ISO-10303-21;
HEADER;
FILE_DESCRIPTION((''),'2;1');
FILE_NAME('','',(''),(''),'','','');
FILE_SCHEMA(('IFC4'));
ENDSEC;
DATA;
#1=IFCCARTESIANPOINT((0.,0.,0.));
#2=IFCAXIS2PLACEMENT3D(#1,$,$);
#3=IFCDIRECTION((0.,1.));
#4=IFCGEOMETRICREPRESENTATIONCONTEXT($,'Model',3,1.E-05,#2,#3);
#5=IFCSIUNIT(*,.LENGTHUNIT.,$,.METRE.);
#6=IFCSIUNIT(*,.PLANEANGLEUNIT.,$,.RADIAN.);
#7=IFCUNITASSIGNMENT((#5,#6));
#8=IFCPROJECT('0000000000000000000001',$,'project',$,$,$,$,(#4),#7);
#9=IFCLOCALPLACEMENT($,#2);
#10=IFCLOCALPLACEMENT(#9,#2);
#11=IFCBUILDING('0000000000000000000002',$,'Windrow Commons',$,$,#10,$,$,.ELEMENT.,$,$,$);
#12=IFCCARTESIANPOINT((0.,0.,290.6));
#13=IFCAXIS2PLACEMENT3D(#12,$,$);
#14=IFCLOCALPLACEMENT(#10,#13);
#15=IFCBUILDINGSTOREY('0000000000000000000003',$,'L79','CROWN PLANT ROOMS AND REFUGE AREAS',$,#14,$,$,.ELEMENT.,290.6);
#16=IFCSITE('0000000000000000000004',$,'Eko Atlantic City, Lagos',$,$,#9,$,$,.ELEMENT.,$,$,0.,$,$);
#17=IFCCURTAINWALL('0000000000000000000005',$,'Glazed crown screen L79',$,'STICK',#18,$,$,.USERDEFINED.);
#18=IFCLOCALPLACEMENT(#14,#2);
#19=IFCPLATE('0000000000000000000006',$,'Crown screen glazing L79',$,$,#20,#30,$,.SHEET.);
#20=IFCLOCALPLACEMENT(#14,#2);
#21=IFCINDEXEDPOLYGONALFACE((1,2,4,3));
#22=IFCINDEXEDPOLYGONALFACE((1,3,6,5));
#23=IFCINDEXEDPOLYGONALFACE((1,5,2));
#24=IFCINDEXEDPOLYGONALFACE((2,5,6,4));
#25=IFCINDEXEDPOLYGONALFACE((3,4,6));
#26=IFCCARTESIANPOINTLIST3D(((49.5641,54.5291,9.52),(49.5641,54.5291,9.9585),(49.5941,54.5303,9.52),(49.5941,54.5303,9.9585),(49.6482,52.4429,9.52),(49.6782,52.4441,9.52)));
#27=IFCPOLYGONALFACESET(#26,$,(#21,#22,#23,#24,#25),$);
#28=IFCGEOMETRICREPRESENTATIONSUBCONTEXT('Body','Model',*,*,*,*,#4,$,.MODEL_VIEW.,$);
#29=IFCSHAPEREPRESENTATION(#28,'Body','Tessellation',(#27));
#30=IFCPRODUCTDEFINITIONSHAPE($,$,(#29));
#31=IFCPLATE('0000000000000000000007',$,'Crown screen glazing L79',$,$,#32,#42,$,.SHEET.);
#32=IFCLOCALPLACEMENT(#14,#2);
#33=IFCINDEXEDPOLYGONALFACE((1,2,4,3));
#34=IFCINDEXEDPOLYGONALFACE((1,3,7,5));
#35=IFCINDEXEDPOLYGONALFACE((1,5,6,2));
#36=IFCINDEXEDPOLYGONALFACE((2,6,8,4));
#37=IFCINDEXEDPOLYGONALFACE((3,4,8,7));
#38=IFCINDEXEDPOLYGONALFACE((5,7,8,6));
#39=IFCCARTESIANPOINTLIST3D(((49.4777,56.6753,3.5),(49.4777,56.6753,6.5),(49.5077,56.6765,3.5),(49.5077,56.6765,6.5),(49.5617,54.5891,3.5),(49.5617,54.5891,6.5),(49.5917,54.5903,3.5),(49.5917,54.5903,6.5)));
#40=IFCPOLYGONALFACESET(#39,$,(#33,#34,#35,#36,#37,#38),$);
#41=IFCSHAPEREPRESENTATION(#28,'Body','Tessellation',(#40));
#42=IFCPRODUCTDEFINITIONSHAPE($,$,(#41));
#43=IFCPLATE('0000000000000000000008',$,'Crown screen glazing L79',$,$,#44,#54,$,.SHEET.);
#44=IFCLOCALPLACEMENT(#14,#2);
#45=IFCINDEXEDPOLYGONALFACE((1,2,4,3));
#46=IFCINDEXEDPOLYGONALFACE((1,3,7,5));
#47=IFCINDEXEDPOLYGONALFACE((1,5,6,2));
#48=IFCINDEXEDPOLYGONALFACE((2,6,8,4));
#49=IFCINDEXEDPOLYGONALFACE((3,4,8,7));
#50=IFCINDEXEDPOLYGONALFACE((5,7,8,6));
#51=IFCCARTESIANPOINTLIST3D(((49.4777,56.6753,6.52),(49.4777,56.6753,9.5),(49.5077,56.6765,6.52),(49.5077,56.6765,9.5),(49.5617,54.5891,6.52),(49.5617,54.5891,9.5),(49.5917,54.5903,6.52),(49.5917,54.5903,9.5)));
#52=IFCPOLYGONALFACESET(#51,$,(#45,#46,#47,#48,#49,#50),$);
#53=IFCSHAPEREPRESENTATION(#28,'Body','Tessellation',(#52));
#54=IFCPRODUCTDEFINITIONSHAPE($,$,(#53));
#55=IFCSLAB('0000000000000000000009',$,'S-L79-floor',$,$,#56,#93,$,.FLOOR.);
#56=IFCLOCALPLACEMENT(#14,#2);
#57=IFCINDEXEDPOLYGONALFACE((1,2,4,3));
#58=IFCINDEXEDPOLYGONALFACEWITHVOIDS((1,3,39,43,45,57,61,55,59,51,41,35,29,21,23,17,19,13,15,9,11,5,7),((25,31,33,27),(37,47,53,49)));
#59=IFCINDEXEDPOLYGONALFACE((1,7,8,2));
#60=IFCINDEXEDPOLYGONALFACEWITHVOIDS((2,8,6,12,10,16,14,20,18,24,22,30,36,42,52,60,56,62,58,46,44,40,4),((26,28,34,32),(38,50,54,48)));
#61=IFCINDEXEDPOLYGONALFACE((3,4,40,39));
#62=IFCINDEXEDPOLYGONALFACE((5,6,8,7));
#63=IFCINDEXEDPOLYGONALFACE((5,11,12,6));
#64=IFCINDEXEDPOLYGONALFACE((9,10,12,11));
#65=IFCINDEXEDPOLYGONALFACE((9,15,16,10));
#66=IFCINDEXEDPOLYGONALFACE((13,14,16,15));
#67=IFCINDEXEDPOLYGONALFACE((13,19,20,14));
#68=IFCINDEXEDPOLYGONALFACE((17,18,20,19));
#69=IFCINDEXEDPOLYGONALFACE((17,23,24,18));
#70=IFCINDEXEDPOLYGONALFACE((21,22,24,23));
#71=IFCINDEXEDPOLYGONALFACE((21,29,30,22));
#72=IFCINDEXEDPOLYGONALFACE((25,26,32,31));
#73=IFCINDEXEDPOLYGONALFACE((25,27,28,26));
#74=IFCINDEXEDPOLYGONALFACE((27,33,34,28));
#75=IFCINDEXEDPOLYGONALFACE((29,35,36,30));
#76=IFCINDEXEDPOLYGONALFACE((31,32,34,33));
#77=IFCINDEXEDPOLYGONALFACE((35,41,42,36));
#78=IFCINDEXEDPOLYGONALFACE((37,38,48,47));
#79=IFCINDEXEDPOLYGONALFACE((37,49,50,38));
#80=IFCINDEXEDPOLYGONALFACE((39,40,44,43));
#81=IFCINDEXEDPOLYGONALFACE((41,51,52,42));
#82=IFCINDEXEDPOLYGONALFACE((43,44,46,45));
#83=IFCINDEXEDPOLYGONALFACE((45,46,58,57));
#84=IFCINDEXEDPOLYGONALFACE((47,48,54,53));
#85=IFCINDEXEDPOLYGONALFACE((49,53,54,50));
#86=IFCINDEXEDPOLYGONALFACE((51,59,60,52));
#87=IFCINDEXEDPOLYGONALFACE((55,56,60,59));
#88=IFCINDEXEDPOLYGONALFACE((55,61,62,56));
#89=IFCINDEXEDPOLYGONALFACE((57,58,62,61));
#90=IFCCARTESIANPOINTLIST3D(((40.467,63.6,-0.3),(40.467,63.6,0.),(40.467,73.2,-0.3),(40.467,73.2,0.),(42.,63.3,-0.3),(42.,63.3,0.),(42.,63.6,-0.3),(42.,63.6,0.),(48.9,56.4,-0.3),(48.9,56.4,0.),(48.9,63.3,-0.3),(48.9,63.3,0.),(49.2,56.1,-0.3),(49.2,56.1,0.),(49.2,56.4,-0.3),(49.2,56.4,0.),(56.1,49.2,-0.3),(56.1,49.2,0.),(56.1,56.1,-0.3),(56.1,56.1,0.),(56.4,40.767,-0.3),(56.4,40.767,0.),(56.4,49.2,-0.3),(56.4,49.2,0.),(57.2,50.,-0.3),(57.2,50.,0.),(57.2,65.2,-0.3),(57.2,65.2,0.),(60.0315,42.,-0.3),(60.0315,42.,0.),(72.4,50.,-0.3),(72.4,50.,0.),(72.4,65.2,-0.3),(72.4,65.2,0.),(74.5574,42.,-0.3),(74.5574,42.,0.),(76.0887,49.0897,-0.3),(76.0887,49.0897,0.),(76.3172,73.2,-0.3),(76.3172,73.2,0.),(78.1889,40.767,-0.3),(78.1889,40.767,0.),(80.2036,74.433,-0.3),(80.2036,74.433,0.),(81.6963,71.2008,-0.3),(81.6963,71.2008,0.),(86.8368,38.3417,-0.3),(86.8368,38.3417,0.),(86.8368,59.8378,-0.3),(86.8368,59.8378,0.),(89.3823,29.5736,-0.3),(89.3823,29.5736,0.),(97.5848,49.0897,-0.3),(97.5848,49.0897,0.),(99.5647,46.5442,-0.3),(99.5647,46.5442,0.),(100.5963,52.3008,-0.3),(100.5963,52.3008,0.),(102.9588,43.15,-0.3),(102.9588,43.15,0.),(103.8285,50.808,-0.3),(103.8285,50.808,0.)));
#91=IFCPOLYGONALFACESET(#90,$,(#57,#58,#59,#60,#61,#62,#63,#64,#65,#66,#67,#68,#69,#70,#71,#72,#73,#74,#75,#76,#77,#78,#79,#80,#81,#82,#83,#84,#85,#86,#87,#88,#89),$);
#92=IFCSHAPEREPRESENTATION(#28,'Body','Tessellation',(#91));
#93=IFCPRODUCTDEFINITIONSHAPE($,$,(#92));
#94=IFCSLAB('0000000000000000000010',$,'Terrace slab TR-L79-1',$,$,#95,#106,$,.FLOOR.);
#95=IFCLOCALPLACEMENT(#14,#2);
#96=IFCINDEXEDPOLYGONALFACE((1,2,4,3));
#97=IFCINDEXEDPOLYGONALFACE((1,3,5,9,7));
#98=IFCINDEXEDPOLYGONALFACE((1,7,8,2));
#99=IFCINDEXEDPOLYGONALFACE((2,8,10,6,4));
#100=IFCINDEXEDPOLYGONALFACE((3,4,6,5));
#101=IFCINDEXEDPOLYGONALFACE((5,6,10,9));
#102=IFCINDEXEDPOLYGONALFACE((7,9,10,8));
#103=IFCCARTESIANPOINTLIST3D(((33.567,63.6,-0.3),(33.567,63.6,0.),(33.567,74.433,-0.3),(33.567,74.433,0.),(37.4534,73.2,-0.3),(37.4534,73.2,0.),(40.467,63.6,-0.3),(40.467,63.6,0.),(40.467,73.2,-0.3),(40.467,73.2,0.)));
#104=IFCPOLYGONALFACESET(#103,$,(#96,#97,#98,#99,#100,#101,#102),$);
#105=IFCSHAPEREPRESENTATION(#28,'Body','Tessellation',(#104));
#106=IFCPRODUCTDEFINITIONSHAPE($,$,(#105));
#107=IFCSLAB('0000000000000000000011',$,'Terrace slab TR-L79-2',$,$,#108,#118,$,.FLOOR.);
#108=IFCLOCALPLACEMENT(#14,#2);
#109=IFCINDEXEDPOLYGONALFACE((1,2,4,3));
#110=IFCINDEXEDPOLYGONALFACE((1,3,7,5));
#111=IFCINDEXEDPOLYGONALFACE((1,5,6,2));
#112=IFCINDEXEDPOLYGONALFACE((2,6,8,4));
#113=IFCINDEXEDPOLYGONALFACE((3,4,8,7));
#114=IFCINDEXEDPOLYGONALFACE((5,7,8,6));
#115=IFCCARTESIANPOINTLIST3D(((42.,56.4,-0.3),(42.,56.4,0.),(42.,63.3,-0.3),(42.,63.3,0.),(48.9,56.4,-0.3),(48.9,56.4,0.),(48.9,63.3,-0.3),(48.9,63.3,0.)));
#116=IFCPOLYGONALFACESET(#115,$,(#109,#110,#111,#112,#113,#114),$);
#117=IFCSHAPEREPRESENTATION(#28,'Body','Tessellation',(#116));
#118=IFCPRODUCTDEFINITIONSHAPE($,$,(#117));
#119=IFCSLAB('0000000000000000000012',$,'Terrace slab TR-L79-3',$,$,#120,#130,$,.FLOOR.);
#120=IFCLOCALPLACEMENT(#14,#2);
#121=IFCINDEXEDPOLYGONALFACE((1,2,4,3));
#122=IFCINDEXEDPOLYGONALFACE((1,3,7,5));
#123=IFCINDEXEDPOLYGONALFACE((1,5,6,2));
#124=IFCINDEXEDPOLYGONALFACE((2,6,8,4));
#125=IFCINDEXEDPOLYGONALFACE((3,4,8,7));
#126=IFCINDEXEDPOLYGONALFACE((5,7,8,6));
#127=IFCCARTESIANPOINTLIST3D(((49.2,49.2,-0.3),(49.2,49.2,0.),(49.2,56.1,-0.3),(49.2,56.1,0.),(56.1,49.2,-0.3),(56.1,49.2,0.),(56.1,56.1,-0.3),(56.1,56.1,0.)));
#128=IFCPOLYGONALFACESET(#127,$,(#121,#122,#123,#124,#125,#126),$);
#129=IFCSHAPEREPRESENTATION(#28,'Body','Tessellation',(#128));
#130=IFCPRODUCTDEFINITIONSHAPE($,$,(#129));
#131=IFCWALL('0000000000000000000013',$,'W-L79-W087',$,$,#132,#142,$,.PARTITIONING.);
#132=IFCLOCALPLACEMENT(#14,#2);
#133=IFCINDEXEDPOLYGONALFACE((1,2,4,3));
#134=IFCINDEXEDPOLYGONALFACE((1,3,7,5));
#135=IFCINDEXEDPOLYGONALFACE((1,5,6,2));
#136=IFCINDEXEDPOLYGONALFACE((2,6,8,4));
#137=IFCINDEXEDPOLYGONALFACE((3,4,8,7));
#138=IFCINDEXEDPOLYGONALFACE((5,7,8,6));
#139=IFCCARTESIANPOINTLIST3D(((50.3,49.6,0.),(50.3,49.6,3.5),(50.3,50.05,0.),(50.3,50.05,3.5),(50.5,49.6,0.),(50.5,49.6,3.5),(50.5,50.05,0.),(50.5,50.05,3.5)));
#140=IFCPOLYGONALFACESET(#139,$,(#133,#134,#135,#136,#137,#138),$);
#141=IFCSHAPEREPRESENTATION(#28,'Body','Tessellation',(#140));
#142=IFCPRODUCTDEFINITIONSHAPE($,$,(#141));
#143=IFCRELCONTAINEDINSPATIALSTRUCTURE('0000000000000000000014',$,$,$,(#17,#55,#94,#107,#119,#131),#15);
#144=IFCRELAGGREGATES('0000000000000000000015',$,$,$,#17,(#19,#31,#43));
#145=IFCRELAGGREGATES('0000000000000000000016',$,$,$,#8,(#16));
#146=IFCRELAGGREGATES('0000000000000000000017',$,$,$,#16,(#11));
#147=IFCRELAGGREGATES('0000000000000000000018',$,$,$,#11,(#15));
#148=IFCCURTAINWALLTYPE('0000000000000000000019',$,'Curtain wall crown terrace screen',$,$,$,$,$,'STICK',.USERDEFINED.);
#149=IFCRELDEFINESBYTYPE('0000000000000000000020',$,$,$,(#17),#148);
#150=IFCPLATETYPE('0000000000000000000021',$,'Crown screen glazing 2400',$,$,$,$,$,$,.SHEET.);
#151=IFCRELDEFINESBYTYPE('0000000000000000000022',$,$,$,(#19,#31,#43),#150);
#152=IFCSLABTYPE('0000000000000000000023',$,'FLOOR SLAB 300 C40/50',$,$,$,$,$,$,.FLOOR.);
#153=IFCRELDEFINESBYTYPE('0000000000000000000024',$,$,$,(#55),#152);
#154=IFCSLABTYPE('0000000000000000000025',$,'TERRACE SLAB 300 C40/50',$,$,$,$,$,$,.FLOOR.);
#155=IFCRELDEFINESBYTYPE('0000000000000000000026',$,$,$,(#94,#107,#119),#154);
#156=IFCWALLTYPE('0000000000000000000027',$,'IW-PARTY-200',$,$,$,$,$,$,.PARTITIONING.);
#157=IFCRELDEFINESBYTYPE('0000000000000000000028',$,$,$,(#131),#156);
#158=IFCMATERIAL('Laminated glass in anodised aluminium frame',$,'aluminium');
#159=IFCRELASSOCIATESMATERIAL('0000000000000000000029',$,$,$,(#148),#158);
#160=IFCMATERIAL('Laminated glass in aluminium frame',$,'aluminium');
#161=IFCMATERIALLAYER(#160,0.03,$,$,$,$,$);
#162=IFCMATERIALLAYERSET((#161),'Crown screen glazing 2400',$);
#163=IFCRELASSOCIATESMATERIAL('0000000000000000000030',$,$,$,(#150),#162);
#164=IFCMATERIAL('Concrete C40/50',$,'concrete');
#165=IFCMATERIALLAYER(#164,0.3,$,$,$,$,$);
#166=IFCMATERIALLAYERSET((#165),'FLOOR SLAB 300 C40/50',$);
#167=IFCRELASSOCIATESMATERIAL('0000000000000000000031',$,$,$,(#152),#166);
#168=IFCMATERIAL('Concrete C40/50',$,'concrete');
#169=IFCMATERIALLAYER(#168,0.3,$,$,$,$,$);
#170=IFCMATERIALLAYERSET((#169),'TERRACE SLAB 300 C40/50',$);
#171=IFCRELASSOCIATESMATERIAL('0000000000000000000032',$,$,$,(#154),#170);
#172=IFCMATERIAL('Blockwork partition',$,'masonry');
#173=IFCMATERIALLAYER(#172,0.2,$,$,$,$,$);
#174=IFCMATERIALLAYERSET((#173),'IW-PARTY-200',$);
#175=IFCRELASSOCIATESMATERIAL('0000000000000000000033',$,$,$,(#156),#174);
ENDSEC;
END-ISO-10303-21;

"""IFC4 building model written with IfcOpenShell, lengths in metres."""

from ifc_helpers import new_model, si_unit, direction, frame, origin, place, context, subcontext, project, spatial, polyline, outline, extrude, material, layer, layer_set, type_object, element, aggregate, save


model = new_model("IFC4")

# Units and contexts
model_context = context("Model", 3, precision=1e-05, world=origin(), true_north=direction((0.0, 1.0)))
body_context = subcontext(model_context, "Body", "Model", "MODEL_VIEW")
ifc_project = project(units=[si_unit("LENGTHUNIT", "METRE"), si_unit("PLANEANGLEUNIT", "RADIAN")], contexts=[model_context])

# Site, building, storey
site_placement = place(None, origin())
site = spatial("IfcSite", under=ifc_project, at=site_placement, Name="Eko Atlantic City, Lagos", CompositionType="ELEMENT", RefElevation=0.0)
building_placement = place(site_placement, origin())
building = spatial("IfcBuilding", under=site, at=building_placement, Name="Windrow Commons", CompositionType="ELEMENT")
storey_placement = place(building_placement, frame((0.0, 0.0, 290.6)))
storey = spatial("IfcBuildingStorey", under=building, at=storey_placement, Name="L79", Description="CROWN PLANT ROOMS AND REFUGE AREAS", CompositionType="ELEMENT", Elevation=290.6)

# Curtain wall
ifc_material_1 = material(Name="Laminated glass in anodised aluminium frame", Category="aluminium")
curtain_wall_type = type_object("IfcCurtainWallType", Name="Curtain wall crown terrace screen", ElementType="STICK", PredefinedType="USERDEFINED", material=ifc_material_1)
placement_1 = place(storey_placement, origin())
curtain_wall = element("IfcCurtainWall", 1, at=placement_1, inside=storey, type_object=curtain_wall_type, Name="Glazed crown screen L79", ObjectType="STICK", PredefinedType="USERDEFINED")

# Shared definitions
placement_2 = place(storey_placement, frame((0.0, 0.0, -0.3)))

# Plates
ifc_material_2 = material(Name="Laminated glass in aluminium frame", Category="aluminium")
ifc_layer_1 = layer(ifc_material_2, 0.03)
ifc_layer_set_1 = layer_set([ifc_layer_1], Name="Crown screen glazing 2400")
plate_type_1 = type_object("IfcPlateType", Name="Crown screen glazing 2400", PredefinedType="SHEET", material=ifc_layer_set_1)
plate_1_placement = place(storey_placement, frame((49.6782, 52.4441, 9.52), z_axis=(0.999188, 0.04028, 0.0), x_axis=(-0.04028, 0.999188, 0.0)))
plate_1 = element("IfcPlate", 2, at=plate_1_placement, type_object=plate_type_1, Name="Crown screen glazing L79", PredefinedType="SHEET", context=body_context, shape_type="SweptSolid", body=[
    extrude(outline(polyline([(0.0, 0.0), (2.0879, 0.0), (2.0879, 0.4385), (0.0, 0.0)])), origin(), (0.0, 0.0, -1.0), 0.03),
])
plate_2_placement = place(storey_placement, frame((49.5917, 54.5903, 3.5), z_axis=(0.99919, 0.040232, 0.0), x_axis=(-0.040232, 0.99919, 0.0)))
plate_2 = element("IfcPlate", 3, at=plate_2_placement, type_object=plate_type_1, Name="Crown screen glazing L79", PredefinedType="SHEET", context=body_context, shape_type="SweptSolid", body=[
    extrude(outline(polyline([(0.0, 0.0), (2.0879, 0.0), (2.0879, 3.0), (0.0, 3.0), (0.0, 0.0)])), origin(), (0.0, 0.0, -1.0), 0.03),
])
plate_3_placement = place(storey_placement, frame((49.5917, 54.5903, 6.52), z_axis=(0.99919, 0.040232, 0.0), x_axis=(-0.040232, 0.99919, 0.0)))
plate_3 = element("IfcPlate", 4, at=plate_3_placement, type_object=plate_type_1, Name="Crown screen glazing L79", PredefinedType="SHEET", context=body_context, shape_type="SweptSolid", body=[
    extrude(outline(polyline([(0.0, 0.0), (2.0879, 0.0), (2.0879, 2.98), (0.0, 2.98), (0.0, 0.0)])), origin(), (0.0, 0.0, -1.0), 0.03),
])
aggregate(curtain_wall, [plate_1, plate_2, plate_3])

# Slab, openings
ifc_material_3 = material(Name="Concrete C40/50", Category="concrete")
ifc_layer_2 = layer(ifc_material_3, 0.3)
ifc_layer_set_2 = layer_set([ifc_layer_2], Name="FLOOR SLAB 300 C40/50")
slab_type_1 = type_object("IfcSlabType", Name="FLOOR SLAB 300 C40/50", PredefinedType="FLOOR", material=ifc_layer_set_2)
slab_1 = element("IfcSlab", 5, at=placement_2, inside=storey, type_object=slab_type_1, Name="S-L79-floor", PredefinedType="FLOOR", context=body_context, shape_type="SweptSolid", body=[
    extrude(outline(polyline([(56.4, 49.2), (56.4, 40.767), (60.0315, 42.0), (74.5574, 42.0), (78.1889, 40.767), (89.3823, 29.5736), (102.9588, 43.15), (99.5647, 46.5442), (103.8285, 50.808), (100.5963, 52.3008), (91.1463, 61.7508), (86.4213, 66.4758), (81.6963, 71.2008), (80.2036, 74.433), (76.3172, 73.2), (40.467, 73.2), (40.467, 63.6), (42.0, 63.6), (42.0, 63.3), (48.9, 63.3), (48.9, 56.4), (49.2, 56.4), (49.2, 56.1), (56.1, 56.1), (56.1, 49.2), (56.4, 49.2)]), holes=[polyline([(86.8368, 38.3417), (76.0887, 49.0897), (86.8368, 59.8378), (97.5848, 49.0897), (86.8368, 38.3417)]), polyline([(72.4, 50.0), (57.2, 50.0), (57.2, 65.2), (72.4, 65.2), (72.4, 50.0)])]), origin(), (0.0, 0.0, 1.0), 0.3),
])
opening_1_placement = place(placement_2, origin())
element("IfcOpeningElement", 6, at=opening_1_placement, cuts=slab_1, PredefinedType="OPENING", context=body_context, shape_type="SweptSolid", body=[
    extrude(outline(polyline([(86.8368, 38.3488), (76.0958, 49.0897), (86.8368, 59.8307), (97.5777, 49.0897), (86.8368, 38.3488)])), origin(), (0.0, 0.0, 1.0), 0.3),
])
opening_2_placement = place(placement_2, origin())
element("IfcOpeningElement", 7, at=opening_2_placement, cuts=slab_1, PredefinedType="OPENING", context=body_context, shape_type="SweptSolid", body=[
    extrude(outline(polyline([(72.395, 50.005), (57.205, 50.005), (57.205, 65.195), (72.395, 65.195), (72.395, 50.005)])), origin(), (0.0, 0.0, 1.0), 0.3),
])

# Slabs
ifc_material_4 = material(Name="Concrete C40/50", Category="concrete")
ifc_layer_3 = layer(ifc_material_4, 0.3)
ifc_layer_set_3 = layer_set([ifc_layer_3], Name="TERRACE SLAB 300 C40/50")
slab_type_2 = type_object("IfcSlabType", Name="TERRACE SLAB 300 C40/50", PredefinedType="FLOOR", material=ifc_layer_set_3)
element("IfcSlab", 8, at=placement_2, inside=storey, type_object=slab_type_2, Name="Terrace slab TR-L79-1", PredefinedType="FLOOR", context=body_context, shape_type="SweptSolid", body=[
    extrude(outline(polyline([(33.567, 74.433), (33.567, 63.6), (40.467, 63.6), (40.467, 73.2), (37.4534, 73.2), (33.567, 74.433)])), origin(), (0.0, 0.0, 1.0), 0.3),
])
element("IfcSlab", 9, at=placement_2, inside=storey, type_object=slab_type_2, Name="Terrace slab TR-L79-2", PredefinedType="FLOOR", context=body_context, shape_type="SweptSolid", body=[
    extrude(outline(polyline([(42.0, 63.3), (42.0, 56.4), (48.9, 56.4), (48.9, 63.3), (42.0, 63.3)])), origin(), (0.0, 0.0, 1.0), 0.3),
])
element("IfcSlab", 10, at=placement_2, inside=storey, type_object=slab_type_2, Name="Terrace slab TR-L79-3", PredefinedType="FLOOR", context=body_context, shape_type="SweptSolid", body=[
    extrude(outline(polyline([(49.2, 56.1), (49.2, 49.2), (56.1, 49.2), (56.1, 56.1), (49.2, 56.1)])), origin(), (0.0, 0.0, 1.0), 0.3),
])

# Wall
ifc_material_5 = material(Name="Blockwork partition", Category="masonry")
ifc_layer_4 = layer(ifc_material_5, 0.2)
ifc_layer_set_4 = layer_set([ifc_layer_4], Name="IW-PARTY-200")
wall_type_1 = type_object("IfcWallType", Name="IW-PARTY-200", PredefinedType="PARTITIONING", material=ifc_layer_set_4)
wall_1_placement = place(storey_placement, frame((50.4, 49.6, 0.0), z_axis=(0.0, 0.0, 1.0), x_axis=(0.0, 1.0, 0.0)))
element("IfcWall", 11, at=wall_1_placement, inside=storey, type_object=wall_type_1, Name="W-L79-W087", PredefinedType="PARTITIONING", context=body_context, shape_type="SweptSolid", body=[
    extrude(outline(polyline([(0.0, -0.1), (0.45, -0.1), (0.45, 0.1), (0.0, 0.1), (0.0, -0.1)])), origin(), (0.0, 0.0, 1.0), 3.5),
])

save(model, "model.ifc")
